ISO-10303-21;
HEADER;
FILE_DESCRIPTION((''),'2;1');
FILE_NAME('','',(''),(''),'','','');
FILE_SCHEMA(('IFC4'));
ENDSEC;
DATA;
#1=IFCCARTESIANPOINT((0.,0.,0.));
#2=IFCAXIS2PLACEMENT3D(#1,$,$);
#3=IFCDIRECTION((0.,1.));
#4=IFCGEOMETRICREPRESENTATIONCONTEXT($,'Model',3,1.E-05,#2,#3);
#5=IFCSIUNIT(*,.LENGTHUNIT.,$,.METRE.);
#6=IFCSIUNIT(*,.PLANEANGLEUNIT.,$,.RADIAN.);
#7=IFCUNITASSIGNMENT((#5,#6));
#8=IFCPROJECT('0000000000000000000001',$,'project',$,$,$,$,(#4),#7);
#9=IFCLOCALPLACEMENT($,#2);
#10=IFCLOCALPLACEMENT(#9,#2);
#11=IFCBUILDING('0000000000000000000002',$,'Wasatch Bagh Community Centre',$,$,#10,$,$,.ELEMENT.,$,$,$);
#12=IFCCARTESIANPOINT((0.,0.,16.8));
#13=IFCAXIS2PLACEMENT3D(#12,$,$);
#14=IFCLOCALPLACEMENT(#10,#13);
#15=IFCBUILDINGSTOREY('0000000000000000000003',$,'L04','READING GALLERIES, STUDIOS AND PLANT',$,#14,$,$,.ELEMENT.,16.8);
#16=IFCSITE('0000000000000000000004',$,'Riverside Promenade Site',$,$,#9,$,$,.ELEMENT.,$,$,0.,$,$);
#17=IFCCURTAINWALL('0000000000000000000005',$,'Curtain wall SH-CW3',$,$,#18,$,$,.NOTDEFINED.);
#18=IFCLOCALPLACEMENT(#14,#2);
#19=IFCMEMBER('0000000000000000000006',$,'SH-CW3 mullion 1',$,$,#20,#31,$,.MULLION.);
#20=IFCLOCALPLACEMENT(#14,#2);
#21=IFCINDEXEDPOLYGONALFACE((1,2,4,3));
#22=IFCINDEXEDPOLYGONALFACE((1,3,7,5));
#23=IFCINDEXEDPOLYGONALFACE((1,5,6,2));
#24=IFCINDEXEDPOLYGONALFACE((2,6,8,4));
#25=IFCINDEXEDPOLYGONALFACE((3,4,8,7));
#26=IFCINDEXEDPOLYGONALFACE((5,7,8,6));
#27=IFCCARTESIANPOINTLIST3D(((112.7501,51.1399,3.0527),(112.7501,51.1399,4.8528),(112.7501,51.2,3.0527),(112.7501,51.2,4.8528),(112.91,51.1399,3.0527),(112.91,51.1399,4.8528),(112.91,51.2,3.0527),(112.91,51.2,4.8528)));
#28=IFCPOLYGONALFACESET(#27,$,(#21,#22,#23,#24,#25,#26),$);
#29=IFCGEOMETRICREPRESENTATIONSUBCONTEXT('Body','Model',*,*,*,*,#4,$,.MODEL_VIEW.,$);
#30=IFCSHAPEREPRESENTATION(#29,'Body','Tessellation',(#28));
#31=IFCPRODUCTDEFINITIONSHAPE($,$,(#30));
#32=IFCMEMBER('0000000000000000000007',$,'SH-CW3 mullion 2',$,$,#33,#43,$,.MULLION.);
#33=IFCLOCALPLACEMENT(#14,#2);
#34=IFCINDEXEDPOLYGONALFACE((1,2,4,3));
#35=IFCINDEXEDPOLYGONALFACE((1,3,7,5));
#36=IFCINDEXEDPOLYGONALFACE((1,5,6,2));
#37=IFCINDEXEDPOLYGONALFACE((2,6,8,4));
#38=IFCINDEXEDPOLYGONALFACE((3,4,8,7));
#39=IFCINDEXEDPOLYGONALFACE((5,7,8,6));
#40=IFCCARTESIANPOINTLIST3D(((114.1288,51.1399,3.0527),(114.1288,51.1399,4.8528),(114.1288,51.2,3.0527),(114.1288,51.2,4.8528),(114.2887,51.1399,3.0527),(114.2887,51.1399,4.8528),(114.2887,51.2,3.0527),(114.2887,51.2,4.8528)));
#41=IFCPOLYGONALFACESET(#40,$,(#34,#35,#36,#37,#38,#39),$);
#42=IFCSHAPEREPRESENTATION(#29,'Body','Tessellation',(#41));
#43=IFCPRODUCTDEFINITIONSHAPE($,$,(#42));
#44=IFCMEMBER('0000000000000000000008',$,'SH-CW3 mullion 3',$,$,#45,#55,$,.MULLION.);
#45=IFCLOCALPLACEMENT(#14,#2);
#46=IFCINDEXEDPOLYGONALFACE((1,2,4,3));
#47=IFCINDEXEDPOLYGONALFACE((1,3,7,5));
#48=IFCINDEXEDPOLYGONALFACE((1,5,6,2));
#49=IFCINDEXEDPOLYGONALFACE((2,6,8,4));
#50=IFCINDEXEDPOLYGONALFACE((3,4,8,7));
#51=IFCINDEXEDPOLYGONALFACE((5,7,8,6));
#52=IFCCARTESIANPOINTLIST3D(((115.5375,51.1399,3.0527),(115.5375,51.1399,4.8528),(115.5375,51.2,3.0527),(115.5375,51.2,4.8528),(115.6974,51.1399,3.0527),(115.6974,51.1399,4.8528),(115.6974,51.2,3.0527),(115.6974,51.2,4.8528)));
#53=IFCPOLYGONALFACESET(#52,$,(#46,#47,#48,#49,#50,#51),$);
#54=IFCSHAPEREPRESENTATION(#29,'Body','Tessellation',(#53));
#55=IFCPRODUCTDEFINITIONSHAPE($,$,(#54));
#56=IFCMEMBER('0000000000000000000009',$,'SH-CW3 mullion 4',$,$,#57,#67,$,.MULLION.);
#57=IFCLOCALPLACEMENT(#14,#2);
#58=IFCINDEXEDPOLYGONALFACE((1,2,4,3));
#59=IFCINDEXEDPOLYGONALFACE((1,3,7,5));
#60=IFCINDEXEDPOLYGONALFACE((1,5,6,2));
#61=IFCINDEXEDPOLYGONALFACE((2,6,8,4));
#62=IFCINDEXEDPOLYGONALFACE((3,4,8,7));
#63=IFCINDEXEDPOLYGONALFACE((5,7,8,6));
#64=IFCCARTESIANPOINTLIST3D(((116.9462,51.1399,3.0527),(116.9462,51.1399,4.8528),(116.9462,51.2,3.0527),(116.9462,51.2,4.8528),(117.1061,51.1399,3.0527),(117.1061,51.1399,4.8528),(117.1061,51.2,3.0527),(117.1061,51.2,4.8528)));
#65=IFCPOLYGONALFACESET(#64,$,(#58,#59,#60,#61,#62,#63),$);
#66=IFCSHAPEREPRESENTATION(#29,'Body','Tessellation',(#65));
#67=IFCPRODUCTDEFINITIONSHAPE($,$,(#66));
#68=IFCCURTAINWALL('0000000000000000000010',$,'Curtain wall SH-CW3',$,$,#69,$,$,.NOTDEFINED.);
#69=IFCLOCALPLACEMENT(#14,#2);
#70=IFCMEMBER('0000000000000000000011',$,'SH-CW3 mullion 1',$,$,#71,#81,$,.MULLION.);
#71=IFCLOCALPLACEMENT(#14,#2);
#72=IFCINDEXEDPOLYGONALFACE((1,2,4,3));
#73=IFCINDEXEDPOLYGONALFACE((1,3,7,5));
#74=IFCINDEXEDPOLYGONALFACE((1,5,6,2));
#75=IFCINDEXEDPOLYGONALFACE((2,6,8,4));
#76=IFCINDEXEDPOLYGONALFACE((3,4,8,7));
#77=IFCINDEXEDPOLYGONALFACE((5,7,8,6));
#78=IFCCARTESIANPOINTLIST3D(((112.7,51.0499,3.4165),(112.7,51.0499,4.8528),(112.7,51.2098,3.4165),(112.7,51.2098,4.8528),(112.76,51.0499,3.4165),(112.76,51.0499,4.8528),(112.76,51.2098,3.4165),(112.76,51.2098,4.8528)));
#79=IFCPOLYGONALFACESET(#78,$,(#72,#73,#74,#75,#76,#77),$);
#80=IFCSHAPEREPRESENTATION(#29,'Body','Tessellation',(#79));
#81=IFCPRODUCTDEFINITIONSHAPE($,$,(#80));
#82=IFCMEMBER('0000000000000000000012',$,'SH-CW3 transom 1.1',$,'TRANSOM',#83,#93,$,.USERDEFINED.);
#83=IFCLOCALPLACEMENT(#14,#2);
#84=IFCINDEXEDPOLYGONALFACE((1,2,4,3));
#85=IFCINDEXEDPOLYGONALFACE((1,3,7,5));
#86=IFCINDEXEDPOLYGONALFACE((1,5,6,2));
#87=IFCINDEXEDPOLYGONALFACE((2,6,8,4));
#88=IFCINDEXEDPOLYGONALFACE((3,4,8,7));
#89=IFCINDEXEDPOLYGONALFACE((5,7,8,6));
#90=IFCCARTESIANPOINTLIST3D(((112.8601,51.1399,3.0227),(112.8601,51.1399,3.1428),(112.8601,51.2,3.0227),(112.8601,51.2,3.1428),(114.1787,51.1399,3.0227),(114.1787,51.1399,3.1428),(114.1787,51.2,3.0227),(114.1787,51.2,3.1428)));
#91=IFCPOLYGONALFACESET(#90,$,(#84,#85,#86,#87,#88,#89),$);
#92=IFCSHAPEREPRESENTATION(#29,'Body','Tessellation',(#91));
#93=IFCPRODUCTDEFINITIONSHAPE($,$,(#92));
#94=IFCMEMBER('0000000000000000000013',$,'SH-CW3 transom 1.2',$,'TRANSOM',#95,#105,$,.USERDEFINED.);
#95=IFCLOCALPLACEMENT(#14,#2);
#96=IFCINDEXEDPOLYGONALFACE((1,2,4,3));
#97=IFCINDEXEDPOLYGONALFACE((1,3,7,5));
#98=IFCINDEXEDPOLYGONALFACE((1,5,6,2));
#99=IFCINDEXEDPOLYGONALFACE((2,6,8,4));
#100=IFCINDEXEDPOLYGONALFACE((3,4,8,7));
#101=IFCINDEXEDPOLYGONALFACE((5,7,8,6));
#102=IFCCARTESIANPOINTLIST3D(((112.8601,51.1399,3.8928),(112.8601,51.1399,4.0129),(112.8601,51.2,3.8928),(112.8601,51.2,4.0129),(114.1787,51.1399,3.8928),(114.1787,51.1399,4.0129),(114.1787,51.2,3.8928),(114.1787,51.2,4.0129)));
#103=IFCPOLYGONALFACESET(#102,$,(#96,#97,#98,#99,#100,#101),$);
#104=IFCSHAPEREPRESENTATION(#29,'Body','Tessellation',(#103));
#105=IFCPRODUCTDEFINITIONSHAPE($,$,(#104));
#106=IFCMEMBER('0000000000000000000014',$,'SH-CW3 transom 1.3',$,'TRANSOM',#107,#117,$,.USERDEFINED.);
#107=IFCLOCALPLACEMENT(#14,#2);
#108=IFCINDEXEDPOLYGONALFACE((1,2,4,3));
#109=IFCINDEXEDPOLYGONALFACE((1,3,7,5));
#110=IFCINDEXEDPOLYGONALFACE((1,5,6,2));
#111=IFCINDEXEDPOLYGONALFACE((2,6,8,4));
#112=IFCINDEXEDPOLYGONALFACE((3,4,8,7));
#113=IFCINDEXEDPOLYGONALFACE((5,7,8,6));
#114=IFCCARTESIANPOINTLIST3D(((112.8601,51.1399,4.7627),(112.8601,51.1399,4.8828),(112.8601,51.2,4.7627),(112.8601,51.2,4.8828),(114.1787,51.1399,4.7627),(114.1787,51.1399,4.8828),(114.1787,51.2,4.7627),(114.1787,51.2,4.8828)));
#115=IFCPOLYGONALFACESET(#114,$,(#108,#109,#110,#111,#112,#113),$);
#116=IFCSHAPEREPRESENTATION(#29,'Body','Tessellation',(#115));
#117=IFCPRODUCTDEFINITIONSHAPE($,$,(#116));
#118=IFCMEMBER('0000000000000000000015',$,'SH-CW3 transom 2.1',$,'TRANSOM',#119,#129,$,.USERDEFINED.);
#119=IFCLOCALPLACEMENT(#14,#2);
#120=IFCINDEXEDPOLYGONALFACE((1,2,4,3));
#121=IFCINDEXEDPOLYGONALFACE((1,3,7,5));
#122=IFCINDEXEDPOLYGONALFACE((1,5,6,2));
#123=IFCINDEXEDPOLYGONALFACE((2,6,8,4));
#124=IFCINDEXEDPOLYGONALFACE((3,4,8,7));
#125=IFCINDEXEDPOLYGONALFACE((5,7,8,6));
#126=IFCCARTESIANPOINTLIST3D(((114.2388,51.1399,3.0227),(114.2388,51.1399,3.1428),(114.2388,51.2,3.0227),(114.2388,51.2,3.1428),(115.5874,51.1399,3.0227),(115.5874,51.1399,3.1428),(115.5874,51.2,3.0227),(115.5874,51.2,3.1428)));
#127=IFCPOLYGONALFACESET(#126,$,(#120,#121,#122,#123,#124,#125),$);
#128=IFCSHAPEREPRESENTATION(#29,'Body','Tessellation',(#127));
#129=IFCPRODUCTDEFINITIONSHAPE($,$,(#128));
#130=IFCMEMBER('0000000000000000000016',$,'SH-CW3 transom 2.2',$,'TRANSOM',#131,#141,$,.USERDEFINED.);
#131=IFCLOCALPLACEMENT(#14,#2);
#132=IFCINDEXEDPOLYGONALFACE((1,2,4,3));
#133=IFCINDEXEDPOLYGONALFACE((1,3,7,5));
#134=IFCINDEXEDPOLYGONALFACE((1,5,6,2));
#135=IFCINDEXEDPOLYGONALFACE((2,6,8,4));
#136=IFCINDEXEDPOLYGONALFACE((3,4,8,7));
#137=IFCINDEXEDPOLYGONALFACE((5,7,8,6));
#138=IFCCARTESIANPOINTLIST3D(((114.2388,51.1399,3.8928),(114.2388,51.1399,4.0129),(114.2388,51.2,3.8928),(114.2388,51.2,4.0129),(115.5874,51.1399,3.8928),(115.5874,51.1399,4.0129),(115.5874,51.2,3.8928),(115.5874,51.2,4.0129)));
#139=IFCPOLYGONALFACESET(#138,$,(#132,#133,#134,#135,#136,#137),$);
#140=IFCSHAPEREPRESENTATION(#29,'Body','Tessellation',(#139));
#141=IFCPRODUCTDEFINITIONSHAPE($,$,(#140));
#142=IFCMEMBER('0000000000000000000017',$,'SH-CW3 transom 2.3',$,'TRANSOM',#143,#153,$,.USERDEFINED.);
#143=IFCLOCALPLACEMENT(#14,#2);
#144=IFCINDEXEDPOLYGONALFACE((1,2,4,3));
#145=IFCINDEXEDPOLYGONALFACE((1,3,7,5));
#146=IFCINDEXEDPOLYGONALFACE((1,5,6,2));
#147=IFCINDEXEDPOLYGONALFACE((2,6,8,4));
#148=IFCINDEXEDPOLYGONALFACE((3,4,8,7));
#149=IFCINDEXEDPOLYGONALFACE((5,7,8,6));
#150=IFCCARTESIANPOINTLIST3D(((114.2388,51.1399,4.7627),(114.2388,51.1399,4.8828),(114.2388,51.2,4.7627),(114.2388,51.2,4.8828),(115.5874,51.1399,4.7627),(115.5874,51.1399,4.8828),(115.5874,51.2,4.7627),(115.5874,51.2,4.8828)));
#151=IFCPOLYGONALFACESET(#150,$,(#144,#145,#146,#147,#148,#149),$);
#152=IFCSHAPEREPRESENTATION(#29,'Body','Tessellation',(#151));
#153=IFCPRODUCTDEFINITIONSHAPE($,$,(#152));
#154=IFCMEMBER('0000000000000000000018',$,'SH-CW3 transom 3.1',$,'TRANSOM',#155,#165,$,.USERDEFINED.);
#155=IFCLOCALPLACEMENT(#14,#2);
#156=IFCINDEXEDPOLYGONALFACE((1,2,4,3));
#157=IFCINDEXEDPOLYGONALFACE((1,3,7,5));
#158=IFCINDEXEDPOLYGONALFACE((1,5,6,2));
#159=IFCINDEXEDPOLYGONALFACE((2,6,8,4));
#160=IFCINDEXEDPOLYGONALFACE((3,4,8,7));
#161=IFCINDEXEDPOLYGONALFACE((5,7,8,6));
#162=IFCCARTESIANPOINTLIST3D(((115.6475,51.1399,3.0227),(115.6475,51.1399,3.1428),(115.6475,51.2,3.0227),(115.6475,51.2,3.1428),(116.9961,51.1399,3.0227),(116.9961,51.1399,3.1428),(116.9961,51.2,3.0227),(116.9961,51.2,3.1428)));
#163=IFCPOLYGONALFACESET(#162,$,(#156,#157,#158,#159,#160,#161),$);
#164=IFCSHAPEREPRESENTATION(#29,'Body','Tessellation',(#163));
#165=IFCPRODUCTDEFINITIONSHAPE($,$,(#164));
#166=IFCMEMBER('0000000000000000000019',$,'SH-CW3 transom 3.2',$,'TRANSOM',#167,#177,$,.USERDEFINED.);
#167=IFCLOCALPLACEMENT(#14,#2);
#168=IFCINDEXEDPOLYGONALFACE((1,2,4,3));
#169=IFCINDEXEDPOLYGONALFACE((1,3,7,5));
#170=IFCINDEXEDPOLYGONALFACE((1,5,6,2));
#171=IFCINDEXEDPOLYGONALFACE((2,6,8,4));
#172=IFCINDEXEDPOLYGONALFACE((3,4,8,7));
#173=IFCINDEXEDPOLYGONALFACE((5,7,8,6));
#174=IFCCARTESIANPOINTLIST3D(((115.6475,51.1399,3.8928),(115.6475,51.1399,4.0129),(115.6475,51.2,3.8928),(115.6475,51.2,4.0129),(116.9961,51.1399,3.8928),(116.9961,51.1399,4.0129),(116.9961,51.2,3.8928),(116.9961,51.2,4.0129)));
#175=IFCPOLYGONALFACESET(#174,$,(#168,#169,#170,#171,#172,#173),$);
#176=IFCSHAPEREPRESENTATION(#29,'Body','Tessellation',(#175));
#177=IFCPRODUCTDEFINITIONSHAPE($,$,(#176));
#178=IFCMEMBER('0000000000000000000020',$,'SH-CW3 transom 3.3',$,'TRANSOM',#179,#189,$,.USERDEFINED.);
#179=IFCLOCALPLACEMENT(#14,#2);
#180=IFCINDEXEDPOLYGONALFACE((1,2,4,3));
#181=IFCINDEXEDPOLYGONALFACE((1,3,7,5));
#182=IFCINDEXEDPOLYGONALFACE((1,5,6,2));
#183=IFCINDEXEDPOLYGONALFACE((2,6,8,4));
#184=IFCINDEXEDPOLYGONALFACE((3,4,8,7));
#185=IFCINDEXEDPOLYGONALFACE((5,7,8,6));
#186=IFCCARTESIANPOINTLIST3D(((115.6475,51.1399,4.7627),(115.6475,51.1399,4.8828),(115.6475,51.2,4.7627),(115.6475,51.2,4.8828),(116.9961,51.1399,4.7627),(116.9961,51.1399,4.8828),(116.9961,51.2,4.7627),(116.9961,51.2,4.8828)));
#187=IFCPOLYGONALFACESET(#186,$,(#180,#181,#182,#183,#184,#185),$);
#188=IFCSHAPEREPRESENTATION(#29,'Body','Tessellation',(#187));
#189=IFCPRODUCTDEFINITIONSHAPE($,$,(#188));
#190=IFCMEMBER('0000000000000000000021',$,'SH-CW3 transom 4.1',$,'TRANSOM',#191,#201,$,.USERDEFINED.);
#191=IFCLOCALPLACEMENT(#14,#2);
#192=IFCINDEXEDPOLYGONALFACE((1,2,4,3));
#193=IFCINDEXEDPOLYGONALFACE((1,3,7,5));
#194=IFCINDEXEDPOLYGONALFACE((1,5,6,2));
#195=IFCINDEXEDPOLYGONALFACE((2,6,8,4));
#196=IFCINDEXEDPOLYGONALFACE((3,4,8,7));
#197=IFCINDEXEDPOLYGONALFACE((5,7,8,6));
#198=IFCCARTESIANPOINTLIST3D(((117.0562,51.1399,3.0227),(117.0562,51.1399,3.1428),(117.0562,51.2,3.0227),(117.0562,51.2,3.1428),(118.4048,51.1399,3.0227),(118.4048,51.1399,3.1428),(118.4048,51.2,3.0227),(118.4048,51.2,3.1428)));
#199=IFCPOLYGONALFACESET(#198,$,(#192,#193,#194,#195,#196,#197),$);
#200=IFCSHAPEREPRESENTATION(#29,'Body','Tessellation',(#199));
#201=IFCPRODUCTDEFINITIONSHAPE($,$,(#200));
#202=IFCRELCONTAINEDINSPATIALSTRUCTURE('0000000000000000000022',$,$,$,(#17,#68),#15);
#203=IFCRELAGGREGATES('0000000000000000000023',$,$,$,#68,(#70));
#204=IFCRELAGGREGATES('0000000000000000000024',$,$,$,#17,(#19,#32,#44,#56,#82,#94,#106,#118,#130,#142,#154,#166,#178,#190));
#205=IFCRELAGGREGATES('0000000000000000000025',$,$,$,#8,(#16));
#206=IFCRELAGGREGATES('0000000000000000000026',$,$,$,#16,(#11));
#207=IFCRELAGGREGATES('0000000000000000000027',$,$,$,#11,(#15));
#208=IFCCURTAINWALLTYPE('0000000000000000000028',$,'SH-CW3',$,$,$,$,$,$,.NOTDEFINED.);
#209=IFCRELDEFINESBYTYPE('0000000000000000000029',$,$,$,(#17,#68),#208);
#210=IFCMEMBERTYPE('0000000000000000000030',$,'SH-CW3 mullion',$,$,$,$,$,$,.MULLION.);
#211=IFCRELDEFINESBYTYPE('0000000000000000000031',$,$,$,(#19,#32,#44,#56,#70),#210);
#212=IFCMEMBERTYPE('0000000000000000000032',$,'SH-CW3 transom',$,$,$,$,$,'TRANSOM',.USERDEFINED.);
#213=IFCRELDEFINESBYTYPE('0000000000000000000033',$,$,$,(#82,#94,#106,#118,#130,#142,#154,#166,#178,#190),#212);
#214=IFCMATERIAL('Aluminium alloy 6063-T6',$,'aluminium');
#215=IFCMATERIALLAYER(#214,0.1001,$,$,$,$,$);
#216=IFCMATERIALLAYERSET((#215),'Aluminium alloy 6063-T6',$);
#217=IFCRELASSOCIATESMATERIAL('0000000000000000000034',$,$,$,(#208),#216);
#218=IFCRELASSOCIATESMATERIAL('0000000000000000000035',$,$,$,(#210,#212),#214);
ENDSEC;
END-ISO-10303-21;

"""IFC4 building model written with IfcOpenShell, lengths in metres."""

from ifc_helpers import new_model, si_unit, direction, frame, origin, origin_2d, place, context, subcontext, project, spatial, rectangle, extrude, material, layer, layer_set, material_profile, profile_set, type_object, element, aggregate, save


model = new_model("IFC4")

# Units and contexts
model_context = context("Model", 3, precision=1e-05, world=origin(), true_north=direction((0.0, 1.0)))
body_context = subcontext(model_context, "Body", "Model", "MODEL_VIEW")
ifc_project = project(units=[si_unit("LENGTHUNIT", "METRE"), si_unit("PLANEANGLEUNIT", "RADIAN")], contexts=[model_context])

# Site, building, storey
site_placement = place(None, origin())
site = spatial("IfcSite", under=ifc_project, at=site_placement, Name="Riverside Promenade Site", CompositionType="ELEMENT", RefElevation=0.0)
building_placement = place(site_placement, origin())
building = spatial("IfcBuilding", under=site, at=building_placement, Name="Wasatch Bagh Community Centre", CompositionType="ELEMENT")
storey_placement = place(building_placement, frame((0.0, 0.0, 16.8)))
storey = spatial("IfcBuildingStorey", under=building, at=storey_placement, Name="L04", Description="READING GALLERIES, STUDIOS AND PLANT", CompositionType="ELEMENT", Elevation=16.8)

# Curtain wall, members
ifc_material_1 = material(Name="Aluminium alloy 6063-T6", Category="aluminium")
ifc_layer_1 = layer(ifc_material_1, 0.1001)
ifc_layer_set_1 = layer_set([ifc_layer_1], Name="Aluminium alloy 6063-T6")
curtain_wall_type = type_object("IfcCurtainWallType", Name="SH-CW3", PredefinedType="NOTDEFINED", material=ifc_layer_set_1)
curtain_wall_1_placement = place(storey_placement, origin())
curtain_wall_1 = element("IfcCurtainWall", 1, at=curtain_wall_1_placement, inside=storey, type_object=curtain_wall_type, Name="Curtain wall SH-CW3", PredefinedType="NOTDEFINED")
ifc_material_profile_1 = material_profile(ifc_material_1, rectangle(XDim=0.0601, YDim=0.1599, at=origin_2d()), Name="AL 60x160")
ifc_profile_set_1 = profile_set([ifc_material_profile_1], Name="Aluminium alloy 6063-T6")
member_type_1 = type_object("IfcMemberType", Name="SH-CW3 mullion", PredefinedType="MULLION", material=ifc_profile_set_1)
member_1_placement = place(storey_placement, frame((112.8301, 51.1699, 3.0527), z_axis=(0.0, 0.0, 1.0), x_axis=(0.0, 1.0, 0.0)))
member_1 = element("IfcMember", 2, at=member_1_placement, type_object=member_type_1, Name="SH-CW3 mullion 1", PredefinedType="MULLION", context=body_context, shape_type="SweptSolid", body=[
    extrude(rectangle(XDim=0.0601, YDim=0.1599, at=origin_2d()), origin(), (0.0, 0.0, 1.0), 1.8),
])
member_2_placement = place(storey_placement, frame((114.2087, 51.1699, 3.0527), z_axis=(0.0, 0.0, 1.0), x_axis=(0.0, 1.0, 0.0)))
member_2 = element("IfcMember", 3, at=member_2_placement, type_object=member_type_1, Name="SH-CW3 mullion 2", PredefinedType="MULLION", context=body_context, shape_type="SweptSolid", body=[
    extrude(rectangle(XDim=0.0601, YDim=0.1599, at=origin_2d()), origin(), (0.0, 0.0, 1.0), 1.8),
])
member_3_placement = place(storey_placement, frame((115.6174, 51.1699, 3.0527), z_axis=(0.0, 0.0, 1.0), x_axis=(0.0, 1.0, 0.0)))
member_3 = element("IfcMember", 4, at=member_3_placement, type_object=member_type_1, Name="SH-CW3 mullion 3", PredefinedType="MULLION", context=body_context, shape_type="SweptSolid", body=[
    extrude(rectangle(XDim=0.0601, YDim=0.1599, at=origin_2d()), origin(), (0.0, 0.0, 1.0), 1.8),
])
member_4_placement = place(storey_placement, frame((117.0261, 51.1699, 3.0527), z_axis=(0.0, 0.0, 1.0), x_axis=(0.0, 1.0, 0.0)))
member_4 = element("IfcMember", 5, at=member_4_placement, type_object=member_type_1, Name="SH-CW3 mullion 4", PredefinedType="MULLION", context=body_context, shape_type="SweptSolid", body=[
    extrude(rectangle(XDim=0.0601, YDim=0.1599, at=origin_2d()), origin(), (0.0, 0.0, 1.0), 1.8),
])

# Curtain wall, member
curtain_wall_2_placement = place(storey_placement, origin())
curtain_wall_2 = element("IfcCurtainWall", 6, at=curtain_wall_2_placement, inside=storey, type_object=curtain_wall_type, Name="Curtain wall SH-CW3", PredefinedType="NOTDEFINED")
member_5_placement = place(storey_placement, frame((112.73, 51.1299, 3.4165), z_axis=(0.0, 0.0, 1.0), x_axis=(-1.0, 0.0, 0.0)))
member_5 = element("IfcMember", 7, at=member_5_placement, type_object=member_type_1, Name="SH-CW3 mullion 1", PredefinedType="MULLION", context=body_context, shape_type="SweptSolid", body=[
    extrude(rectangle(XDim=0.0601, YDim=0.1599, at=origin_2d()), origin(), (0.0, 0.0, 1.0), 1.4363),
])

# Members
ifc_material_profile_2 = material_profile(ifc_material_1, rectangle(XDim=0.0601, YDim=0.1201, at=origin_2d()), Name="AL 60x120")
ifc_profile_set_2 = profile_set([ifc_material_profile_2], Name="Aluminium alloy 6063-T6")
member_type_2 = type_object("IfcMemberType", Name="SH-CW3 transom", ElementType="TRANSOM", PredefinedType="USERDEFINED", material=ifc_profile_set_2)
member_6_placement = place(storey_placement, frame((112.8601, 51.1699, 3.0828), z_axis=(1.0, 0.0, 0.0), x_axis=(0.0, 1.0, 0.0)))
member_6 = element("IfcMember", 8, at=member_6_placement, type_object=member_type_2, Name="SH-CW3 transom 1.1", ObjectType="TRANSOM", PredefinedType="USERDEFINED", context=body_context, shape_type="SweptSolid", body=[
    extrude(rectangle(XDim=0.0601, YDim=0.1201, at=origin_2d()), origin(), (0.0, 0.0, 1.0), 1.3186),
])
member_7_placement = place(storey_placement, frame((112.8601, 51.1699, 3.9529), z_axis=(1.0, 0.0, 0.0), x_axis=(0.0, 1.0, 0.0)))
member_7 = element("IfcMember", 9, at=member_7_placement, type_object=member_type_2, Name="SH-CW3 transom 1.2", ObjectType="TRANSOM", PredefinedType="USERDEFINED", context=body_context, shape_type="SweptSolid", body=[
    extrude(rectangle(XDim=0.0601, YDim=0.1201, at=origin_2d()), origin(), (0.0, 0.0, 1.0), 1.3186),
])
member_8_placement = place(storey_placement, frame((112.8601, 51.1699, 4.8228), z_axis=(1.0, 0.0, 0.0), x_axis=(0.0, 1.0, 0.0)))
member_8 = element("IfcMember", 10, at=member_8_placement, type_object=member_type_2, Name="SH-CW3 transom 1.3", ObjectType="TRANSOM", PredefinedType="USERDEFINED", context=body_context, shape_type="SweptSolid", body=[
    extrude(rectangle(XDim=0.0601, YDim=0.1201, at=origin_2d()), origin(), (0.0, 0.0, 1.0), 1.3186),
])
member_9_placement = place(storey_placement, frame((114.2388, 51.1699, 3.0828), z_axis=(1.0, 0.0, 0.0), x_axis=(0.0, 1.0, 0.0)))
member_9 = element("IfcMember", 11, at=member_9_placement, type_object=member_type_2, Name="SH-CW3 transom 2.1", ObjectType="TRANSOM", PredefinedType="USERDEFINED", context=body_context, shape_type="SweptSolid", body=[
    extrude(rectangle(XDim=0.0601, YDim=0.1201, at=origin_2d()), origin(), (0.0, 0.0, 1.0), 1.3486),
])
member_10_placement = place(storey_placement, frame((114.2388, 51.1699, 3.9529), z_axis=(1.0, 0.0, 0.0), x_axis=(0.0, 1.0, 0.0)))
member_10 = element("IfcMember", 12, at=member_10_placement, type_object=member_type_2, Name="SH-CW3 transom 2.2", ObjectType="TRANSOM", PredefinedType="USERDEFINED", context=body_context, shape_type="SweptSolid", body=[
    extrude(rectangle(XDim=0.0601, YDim=0.1201, at=origin_2d()), origin(), (0.0, 0.0, 1.0), 1.3486),
])
member_11_placement = place(storey_placement, frame((114.2388, 51.1699, 4.8228), z_axis=(1.0, 0.0, 0.0), x_axis=(0.0, 1.0, 0.0)))
member_11 = element("IfcMember", 13, at=member_11_placement, type_object=member_type_2, Name="SH-CW3 transom 2.3", ObjectType="TRANSOM", PredefinedType="USERDEFINED", context=body_context, shape_type="SweptSolid", body=[
    extrude(rectangle(XDim=0.0601, YDim=0.1201, at=origin_2d()), origin(), (0.0, 0.0, 1.0), 1.3486),
])
member_12_placement = place(storey_placement, frame((115.6475, 51.1699, 3.0828), z_axis=(1.0, 0.0, 0.0), x_axis=(0.0, 1.0, 0.0)))
member_12 = element("IfcMember", 14, at=member_12_placement, type_object=member_type_2, Name="SH-CW3 transom 3.1", ObjectType="TRANSOM", PredefinedType="USERDEFINED", context=body_context, shape_type="SweptSolid", body=[
    extrude(rectangle(XDim=0.0601, YDim=0.1201, at=origin_2d()), origin(), (0.0, 0.0, 1.0), 1.3486),
])
member_13_placement = place(storey_placement, frame((115.6475, 51.1699, 3.9529), z_axis=(1.0, 0.0, 0.0), x_axis=(0.0, 1.0, 0.0)))
member_13 = element("IfcMember", 15, at=member_13_placement, type_object=member_type_2, Name="SH-CW3 transom 3.2", ObjectType="TRANSOM", PredefinedType="USERDEFINED", context=body_context, shape_type="SweptSolid", body=[
    extrude(rectangle(XDim=0.0601, YDim=0.1201, at=origin_2d()), origin(), (0.0, 0.0, 1.0), 1.3486),
])
member_14_placement = place(storey_placement, frame((115.6475, 51.1699, 4.8228), z_axis=(1.0, 0.0, 0.0), x_axis=(0.0, 1.0, 0.0)))
member_14 = element("IfcMember", 16, at=member_14_placement, type_object=member_type_2, Name="SH-CW3 transom 3.3", ObjectType="TRANSOM", PredefinedType="USERDEFINED", context=body_context, shape_type="SweptSolid", body=[
    extrude(rectangle(XDim=0.0601, YDim=0.1201, at=origin_2d()), origin(), (0.0, 0.0, 1.0), 1.3486),
])
member_15_placement = place(storey_placement, frame((117.0562, 51.1699, 3.0828), z_axis=(1.0, 0.0, 0.0), x_axis=(0.0, 1.0, 0.0)))
member_15 = element("IfcMember", 17, at=member_15_placement, type_object=member_type_2, Name="SH-CW3 transom 4.1", ObjectType="TRANSOM", PredefinedType="USERDEFINED", context=body_context, shape_type="SweptSolid", body=[
    extrude(rectangle(XDim=0.0601, YDim=0.1201, at=origin_2d()), origin(), (0.0, 0.0, 1.0), 1.3486),
])
aggregate(curtain_wall_2, [member_5])

aggregate(curtain_wall_1, [member_1, member_2, member_3, member_4, member_6, member_7, member_8, member_9, member_10, member_11, member_12, member_13, member_14, member_15])

save(model, "model.ifc")
